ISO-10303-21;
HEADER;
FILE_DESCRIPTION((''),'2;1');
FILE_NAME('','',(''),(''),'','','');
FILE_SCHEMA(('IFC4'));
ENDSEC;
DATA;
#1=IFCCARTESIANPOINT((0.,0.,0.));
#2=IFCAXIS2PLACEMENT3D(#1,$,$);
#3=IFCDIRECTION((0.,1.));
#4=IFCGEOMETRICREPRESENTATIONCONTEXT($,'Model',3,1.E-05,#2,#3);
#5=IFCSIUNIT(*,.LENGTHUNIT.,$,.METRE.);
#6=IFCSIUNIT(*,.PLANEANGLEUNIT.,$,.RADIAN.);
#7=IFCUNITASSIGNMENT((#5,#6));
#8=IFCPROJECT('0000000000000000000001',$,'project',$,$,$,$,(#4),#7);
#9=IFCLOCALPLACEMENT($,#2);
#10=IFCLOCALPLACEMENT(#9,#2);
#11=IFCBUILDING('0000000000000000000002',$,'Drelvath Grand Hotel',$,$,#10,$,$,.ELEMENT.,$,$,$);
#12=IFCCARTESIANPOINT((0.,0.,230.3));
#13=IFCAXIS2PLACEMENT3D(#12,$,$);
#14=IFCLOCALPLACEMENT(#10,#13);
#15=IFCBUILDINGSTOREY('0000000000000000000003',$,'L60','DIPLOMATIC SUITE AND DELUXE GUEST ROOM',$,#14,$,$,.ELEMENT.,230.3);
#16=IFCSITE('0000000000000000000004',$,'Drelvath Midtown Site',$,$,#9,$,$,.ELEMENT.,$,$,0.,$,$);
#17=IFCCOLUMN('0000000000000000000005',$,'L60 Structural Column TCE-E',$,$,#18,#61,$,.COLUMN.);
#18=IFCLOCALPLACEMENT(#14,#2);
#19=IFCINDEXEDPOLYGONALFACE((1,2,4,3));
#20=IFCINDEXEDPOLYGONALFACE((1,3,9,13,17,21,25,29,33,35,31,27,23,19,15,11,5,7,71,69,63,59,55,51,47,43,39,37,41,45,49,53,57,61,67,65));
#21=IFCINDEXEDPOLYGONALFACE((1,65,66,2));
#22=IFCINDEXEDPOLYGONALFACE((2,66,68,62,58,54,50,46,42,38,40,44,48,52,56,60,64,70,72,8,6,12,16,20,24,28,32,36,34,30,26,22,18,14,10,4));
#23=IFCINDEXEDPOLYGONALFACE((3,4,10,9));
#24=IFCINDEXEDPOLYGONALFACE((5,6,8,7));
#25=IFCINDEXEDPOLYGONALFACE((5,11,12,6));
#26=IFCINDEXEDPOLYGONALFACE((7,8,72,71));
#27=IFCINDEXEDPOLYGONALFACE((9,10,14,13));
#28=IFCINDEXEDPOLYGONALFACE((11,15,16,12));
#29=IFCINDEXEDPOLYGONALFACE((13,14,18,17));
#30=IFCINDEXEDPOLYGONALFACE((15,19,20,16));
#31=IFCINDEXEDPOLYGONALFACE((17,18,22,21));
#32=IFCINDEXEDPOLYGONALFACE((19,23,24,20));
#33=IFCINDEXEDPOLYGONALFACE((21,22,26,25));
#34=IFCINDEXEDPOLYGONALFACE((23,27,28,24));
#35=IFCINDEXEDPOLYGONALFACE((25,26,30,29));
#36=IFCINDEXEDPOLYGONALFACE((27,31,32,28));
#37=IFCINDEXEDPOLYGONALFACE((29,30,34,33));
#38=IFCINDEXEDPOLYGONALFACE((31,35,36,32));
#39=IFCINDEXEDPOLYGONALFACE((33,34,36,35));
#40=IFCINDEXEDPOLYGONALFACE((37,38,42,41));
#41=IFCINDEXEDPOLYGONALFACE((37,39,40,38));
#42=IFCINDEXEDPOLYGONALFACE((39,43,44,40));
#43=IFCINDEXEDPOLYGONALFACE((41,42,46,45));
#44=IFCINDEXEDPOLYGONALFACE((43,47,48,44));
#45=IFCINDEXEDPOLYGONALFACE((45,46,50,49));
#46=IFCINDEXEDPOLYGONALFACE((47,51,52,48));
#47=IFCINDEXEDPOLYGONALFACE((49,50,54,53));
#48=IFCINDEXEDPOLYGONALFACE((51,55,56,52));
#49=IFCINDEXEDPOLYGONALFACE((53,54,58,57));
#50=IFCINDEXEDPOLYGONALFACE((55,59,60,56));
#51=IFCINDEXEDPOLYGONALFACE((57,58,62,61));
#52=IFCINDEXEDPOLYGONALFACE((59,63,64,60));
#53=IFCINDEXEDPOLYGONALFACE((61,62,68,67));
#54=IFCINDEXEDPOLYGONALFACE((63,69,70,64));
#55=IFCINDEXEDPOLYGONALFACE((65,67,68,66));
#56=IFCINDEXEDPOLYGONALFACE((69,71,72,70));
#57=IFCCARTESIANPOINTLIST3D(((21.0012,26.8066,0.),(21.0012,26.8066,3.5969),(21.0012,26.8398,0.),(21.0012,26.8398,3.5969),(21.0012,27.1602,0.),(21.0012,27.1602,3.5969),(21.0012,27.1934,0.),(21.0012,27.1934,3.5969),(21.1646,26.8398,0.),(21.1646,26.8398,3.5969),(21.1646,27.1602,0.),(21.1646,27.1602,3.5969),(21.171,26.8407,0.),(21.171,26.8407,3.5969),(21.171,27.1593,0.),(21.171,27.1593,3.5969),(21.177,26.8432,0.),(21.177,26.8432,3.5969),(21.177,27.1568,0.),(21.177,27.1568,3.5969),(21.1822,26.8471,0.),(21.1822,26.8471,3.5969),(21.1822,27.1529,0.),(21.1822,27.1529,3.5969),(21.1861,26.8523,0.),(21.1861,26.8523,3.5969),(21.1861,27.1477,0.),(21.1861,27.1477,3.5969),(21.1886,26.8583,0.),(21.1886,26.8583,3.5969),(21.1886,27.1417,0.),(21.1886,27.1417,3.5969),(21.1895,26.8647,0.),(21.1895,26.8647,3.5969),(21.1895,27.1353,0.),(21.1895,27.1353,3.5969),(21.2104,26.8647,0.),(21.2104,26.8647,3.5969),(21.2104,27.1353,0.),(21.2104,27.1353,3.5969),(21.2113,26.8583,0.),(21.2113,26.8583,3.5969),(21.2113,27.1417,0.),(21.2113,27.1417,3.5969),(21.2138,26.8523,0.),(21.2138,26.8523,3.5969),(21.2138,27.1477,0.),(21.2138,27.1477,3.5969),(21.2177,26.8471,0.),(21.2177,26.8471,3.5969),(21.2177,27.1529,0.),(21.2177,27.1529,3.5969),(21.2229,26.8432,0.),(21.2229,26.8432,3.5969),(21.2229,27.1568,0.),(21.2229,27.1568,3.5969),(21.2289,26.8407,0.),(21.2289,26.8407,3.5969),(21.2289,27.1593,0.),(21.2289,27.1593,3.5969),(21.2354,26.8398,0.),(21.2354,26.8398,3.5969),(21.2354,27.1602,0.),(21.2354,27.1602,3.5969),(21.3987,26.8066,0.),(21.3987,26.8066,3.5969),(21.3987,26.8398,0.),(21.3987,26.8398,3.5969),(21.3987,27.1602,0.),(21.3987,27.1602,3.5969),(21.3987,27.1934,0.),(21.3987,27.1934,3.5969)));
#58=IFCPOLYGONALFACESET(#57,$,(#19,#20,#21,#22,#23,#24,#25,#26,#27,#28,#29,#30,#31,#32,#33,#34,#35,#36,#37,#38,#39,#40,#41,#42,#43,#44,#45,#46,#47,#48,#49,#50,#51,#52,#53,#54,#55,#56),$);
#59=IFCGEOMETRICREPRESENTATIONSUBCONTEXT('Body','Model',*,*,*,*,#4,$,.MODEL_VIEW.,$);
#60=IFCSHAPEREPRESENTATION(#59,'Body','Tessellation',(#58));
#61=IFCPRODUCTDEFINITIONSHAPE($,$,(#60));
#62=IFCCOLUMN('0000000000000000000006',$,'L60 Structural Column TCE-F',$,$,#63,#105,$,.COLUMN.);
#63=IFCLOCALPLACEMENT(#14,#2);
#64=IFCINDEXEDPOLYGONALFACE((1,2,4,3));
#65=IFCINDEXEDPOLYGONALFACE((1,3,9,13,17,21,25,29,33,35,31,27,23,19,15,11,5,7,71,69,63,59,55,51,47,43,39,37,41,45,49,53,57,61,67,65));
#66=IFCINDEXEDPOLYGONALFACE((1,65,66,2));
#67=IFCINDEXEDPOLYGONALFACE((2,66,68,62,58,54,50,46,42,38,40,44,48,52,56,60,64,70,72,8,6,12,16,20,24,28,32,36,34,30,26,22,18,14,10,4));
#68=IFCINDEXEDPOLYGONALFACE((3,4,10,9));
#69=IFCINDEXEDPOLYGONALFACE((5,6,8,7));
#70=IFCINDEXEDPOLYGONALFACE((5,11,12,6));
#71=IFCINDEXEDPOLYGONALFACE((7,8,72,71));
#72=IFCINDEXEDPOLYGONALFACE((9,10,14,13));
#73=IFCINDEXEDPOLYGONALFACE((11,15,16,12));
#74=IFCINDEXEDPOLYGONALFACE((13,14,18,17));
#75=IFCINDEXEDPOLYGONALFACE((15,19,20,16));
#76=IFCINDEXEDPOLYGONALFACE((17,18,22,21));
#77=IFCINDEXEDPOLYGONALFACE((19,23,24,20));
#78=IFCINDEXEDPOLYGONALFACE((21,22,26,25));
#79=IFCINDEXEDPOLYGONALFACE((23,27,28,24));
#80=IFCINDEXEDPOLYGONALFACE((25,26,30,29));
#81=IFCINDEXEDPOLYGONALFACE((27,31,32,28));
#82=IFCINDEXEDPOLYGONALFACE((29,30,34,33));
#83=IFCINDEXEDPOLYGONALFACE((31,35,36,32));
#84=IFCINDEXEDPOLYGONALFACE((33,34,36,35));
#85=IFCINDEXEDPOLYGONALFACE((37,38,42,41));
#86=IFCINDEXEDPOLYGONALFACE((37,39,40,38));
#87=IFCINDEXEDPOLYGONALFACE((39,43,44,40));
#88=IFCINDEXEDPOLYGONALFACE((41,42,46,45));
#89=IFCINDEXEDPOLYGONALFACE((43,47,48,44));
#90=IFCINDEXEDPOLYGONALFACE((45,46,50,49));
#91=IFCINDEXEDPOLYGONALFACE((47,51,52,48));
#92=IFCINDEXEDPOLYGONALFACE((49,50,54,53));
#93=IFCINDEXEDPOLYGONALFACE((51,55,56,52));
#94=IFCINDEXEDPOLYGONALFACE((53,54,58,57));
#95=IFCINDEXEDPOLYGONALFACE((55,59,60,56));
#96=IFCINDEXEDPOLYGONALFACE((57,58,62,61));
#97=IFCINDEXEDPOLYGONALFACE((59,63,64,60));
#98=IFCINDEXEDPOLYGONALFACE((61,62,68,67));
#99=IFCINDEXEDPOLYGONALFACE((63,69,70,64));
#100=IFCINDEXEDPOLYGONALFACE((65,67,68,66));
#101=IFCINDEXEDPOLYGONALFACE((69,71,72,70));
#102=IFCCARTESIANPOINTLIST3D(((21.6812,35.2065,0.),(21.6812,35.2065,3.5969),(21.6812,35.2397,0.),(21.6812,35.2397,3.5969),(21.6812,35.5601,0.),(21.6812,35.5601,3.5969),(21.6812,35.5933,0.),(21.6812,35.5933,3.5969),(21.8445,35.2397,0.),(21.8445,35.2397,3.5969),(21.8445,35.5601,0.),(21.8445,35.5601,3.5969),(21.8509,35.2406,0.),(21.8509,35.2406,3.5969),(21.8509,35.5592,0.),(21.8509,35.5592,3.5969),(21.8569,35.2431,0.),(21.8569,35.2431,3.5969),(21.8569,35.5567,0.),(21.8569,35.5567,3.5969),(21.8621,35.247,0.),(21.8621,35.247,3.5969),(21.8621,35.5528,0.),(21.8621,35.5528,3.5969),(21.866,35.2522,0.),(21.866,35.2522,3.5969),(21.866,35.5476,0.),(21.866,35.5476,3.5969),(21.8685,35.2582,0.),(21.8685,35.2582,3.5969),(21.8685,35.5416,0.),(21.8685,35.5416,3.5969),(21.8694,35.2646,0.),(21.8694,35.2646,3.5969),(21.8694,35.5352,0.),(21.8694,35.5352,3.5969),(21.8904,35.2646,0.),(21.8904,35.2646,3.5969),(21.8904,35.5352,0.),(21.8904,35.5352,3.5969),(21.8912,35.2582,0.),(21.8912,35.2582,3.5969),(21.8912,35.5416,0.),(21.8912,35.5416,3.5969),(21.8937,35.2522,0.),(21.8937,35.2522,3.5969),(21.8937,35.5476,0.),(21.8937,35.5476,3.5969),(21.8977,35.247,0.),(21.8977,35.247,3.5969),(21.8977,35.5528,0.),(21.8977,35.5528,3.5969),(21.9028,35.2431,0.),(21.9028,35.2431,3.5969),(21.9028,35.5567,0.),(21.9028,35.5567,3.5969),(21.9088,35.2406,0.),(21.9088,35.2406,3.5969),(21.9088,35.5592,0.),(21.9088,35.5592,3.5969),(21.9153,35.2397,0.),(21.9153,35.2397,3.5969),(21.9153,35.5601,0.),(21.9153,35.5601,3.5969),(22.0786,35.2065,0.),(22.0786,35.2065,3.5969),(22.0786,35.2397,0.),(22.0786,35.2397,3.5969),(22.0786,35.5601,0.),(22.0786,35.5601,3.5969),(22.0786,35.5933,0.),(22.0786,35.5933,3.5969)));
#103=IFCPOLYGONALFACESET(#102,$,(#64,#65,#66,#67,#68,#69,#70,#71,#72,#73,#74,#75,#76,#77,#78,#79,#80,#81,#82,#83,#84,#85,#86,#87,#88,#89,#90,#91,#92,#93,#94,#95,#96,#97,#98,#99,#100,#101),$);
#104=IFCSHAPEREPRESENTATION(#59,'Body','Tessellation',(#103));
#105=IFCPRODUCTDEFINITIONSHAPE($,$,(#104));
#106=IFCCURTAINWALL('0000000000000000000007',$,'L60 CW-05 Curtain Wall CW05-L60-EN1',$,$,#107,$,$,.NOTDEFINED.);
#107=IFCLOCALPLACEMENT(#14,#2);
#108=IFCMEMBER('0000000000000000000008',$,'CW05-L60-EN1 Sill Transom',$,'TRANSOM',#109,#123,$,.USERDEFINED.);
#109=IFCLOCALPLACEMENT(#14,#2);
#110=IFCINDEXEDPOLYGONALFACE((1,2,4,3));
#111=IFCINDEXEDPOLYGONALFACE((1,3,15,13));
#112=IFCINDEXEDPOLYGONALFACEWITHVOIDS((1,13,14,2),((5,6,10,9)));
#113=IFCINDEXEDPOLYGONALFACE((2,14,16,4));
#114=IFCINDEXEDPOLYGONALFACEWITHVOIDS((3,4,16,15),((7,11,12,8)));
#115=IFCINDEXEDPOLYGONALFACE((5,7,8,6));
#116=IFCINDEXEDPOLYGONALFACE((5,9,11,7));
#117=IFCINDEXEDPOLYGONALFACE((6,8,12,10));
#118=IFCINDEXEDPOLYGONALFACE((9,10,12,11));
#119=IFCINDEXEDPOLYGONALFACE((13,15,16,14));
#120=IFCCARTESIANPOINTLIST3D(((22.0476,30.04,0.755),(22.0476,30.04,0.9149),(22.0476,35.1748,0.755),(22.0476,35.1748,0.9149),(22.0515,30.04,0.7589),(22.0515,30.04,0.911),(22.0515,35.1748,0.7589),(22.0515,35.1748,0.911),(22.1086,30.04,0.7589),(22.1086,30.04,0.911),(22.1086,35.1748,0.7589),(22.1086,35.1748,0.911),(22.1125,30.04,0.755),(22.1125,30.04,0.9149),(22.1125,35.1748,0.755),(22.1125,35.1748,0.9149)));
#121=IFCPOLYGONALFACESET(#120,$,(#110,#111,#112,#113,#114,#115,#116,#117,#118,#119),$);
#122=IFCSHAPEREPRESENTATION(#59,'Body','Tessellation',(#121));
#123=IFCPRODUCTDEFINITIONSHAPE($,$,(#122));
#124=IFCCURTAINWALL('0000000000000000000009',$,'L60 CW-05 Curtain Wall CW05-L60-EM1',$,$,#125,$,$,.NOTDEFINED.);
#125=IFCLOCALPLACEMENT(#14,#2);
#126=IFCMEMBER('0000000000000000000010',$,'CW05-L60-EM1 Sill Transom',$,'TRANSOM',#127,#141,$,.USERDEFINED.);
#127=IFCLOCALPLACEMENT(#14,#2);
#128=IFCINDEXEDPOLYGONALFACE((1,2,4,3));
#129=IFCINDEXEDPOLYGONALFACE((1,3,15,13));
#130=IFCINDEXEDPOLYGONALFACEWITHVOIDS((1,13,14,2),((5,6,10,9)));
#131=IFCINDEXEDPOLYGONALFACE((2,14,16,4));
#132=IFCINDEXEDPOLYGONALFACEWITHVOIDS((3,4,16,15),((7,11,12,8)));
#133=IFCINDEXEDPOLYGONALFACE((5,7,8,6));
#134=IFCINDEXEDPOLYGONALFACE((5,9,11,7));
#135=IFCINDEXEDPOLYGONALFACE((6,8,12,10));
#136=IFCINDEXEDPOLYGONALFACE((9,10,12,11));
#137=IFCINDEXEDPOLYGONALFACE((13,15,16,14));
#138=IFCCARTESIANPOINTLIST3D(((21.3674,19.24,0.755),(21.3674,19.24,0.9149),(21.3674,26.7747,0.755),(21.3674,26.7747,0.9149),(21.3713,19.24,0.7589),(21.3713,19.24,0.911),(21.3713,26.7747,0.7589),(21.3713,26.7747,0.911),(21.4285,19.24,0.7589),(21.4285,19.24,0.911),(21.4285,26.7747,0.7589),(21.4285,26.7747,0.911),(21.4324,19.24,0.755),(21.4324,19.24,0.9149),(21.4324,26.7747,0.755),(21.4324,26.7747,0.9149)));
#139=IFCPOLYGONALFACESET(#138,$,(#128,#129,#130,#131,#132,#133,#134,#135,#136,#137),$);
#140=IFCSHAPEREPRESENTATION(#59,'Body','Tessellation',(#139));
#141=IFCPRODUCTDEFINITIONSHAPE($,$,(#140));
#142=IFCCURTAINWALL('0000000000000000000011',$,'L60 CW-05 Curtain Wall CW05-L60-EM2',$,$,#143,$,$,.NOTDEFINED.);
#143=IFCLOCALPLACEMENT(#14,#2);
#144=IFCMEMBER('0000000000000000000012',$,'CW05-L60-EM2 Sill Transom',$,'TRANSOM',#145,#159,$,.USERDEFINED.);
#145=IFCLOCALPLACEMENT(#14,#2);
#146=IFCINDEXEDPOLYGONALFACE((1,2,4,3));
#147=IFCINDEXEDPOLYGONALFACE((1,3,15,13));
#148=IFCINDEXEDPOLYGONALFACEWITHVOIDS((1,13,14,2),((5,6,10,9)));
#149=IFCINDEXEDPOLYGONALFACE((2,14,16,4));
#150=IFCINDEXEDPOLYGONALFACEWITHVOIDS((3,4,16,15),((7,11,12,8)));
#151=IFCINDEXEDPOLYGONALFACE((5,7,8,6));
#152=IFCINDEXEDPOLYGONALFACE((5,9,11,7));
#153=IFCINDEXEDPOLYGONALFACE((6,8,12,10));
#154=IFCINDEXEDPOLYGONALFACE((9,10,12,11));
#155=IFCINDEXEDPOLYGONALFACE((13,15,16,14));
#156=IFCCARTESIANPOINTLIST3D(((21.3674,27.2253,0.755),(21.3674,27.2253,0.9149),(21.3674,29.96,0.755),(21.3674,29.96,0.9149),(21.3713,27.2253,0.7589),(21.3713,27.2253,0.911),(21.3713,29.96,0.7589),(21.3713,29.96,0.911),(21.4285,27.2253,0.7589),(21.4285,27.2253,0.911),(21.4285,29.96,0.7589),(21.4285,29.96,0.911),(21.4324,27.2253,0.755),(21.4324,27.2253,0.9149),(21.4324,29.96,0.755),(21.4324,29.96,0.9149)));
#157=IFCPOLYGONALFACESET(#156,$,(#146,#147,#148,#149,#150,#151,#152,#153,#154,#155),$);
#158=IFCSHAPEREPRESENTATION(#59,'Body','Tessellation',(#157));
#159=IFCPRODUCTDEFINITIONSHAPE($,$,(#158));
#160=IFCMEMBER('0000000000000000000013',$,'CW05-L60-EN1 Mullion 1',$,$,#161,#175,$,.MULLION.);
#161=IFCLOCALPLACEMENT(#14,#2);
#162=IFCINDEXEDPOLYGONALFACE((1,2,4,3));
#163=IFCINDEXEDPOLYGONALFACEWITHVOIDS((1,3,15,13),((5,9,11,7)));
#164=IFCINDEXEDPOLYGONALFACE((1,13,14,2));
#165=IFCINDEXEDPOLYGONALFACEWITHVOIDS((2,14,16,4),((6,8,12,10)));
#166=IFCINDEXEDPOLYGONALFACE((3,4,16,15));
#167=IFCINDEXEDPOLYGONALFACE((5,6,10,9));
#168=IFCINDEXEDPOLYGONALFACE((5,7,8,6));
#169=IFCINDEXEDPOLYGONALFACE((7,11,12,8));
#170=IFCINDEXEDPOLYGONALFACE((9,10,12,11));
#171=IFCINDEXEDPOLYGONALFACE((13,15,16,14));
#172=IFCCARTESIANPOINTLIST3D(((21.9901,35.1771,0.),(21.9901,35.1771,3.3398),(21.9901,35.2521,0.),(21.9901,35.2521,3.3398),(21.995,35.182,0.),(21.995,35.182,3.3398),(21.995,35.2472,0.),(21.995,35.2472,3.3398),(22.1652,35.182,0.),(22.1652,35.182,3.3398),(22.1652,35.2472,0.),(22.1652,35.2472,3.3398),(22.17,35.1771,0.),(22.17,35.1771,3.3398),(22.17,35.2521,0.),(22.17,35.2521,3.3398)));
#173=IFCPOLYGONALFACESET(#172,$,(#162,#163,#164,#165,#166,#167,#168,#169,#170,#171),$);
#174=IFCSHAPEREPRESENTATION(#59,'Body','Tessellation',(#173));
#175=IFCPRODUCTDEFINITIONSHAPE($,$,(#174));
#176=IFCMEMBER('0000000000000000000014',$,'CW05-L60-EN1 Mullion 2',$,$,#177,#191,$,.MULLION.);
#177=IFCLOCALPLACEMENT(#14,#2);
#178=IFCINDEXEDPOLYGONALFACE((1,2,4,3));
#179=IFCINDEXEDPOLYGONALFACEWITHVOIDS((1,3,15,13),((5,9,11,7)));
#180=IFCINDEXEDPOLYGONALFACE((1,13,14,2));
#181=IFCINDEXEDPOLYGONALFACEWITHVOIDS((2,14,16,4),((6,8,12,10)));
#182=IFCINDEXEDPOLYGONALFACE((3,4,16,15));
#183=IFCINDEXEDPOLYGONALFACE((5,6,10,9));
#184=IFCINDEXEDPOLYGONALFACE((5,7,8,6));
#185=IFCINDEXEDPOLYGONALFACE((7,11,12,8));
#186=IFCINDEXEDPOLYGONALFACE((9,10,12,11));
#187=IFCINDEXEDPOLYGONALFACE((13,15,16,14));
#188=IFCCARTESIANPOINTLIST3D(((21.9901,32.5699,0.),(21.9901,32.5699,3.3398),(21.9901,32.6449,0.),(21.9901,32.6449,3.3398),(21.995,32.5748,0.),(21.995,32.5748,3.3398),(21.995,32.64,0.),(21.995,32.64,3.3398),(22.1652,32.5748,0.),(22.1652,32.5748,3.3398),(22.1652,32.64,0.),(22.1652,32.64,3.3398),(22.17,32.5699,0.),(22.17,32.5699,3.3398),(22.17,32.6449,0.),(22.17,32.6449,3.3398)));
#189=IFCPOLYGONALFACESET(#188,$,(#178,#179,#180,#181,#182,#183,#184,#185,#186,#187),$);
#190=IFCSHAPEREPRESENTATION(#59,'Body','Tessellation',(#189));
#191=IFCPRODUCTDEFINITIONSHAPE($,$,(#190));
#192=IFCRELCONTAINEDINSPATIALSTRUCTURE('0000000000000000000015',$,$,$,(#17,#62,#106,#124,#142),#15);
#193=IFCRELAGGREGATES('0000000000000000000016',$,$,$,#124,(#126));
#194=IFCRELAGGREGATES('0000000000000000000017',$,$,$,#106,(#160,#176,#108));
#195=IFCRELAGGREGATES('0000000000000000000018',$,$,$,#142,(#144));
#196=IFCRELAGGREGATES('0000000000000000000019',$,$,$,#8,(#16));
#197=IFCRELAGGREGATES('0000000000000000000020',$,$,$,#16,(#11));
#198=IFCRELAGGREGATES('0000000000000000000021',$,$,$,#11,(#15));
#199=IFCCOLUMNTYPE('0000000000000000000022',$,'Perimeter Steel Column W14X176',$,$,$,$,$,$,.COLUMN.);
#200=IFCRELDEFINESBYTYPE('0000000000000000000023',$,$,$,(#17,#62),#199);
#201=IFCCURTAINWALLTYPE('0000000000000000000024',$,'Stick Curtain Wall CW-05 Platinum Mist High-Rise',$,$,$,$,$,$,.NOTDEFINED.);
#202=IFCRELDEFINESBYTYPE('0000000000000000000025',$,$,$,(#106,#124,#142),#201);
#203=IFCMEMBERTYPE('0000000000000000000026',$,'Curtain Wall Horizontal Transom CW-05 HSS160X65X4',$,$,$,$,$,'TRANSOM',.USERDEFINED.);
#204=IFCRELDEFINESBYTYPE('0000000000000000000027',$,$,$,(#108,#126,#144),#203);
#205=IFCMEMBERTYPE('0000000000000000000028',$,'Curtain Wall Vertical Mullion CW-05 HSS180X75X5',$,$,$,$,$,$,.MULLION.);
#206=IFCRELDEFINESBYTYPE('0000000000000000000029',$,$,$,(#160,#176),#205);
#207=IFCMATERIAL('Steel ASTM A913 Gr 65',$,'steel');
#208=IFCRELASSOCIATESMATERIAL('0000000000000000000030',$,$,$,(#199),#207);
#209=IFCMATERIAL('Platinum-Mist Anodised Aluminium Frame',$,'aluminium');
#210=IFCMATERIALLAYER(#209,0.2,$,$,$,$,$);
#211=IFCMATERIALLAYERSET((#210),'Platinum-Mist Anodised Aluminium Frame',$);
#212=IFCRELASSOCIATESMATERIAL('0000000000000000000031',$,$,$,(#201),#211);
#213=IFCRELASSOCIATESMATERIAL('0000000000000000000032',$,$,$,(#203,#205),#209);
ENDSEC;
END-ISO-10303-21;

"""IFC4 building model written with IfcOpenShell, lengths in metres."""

from ifc_helpers import new_model, si_unit, direction, frame, origin, origin_2d, place, context, subcontext, project, spatial, hollow_rectangle, i_section, extrude, material, layer, layer_set, material_profile, profile_set, type_object, element, aggregate, save


model = new_model("IFC4")

# Units and contexts
model_context = context("Model", 3, precision=1e-05, world=origin(), true_north=direction((0.0, 1.0)))
body_context = subcontext(model_context, "Body", "Model", "MODEL_VIEW")
ifc_project = project(units=[si_unit("LENGTHUNIT", "METRE"), si_unit("PLANEANGLEUNIT", "RADIAN")], contexts=[model_context])

# Site, building, storey
site_placement = place(None, origin())
site = spatial("IfcSite", under=ifc_project, at=site_placement, Name="Drelvath Midtown Site", CompositionType="ELEMENT", RefElevation=0.0)
building_placement = place(site_placement, origin())
building = spatial("IfcBuilding", under=site, at=building_placement, Name="Drelvath Grand Hotel", CompositionType="ELEMENT")
storey_placement = place(building_placement, frame((0.0, 0.0, 230.3)))
storey = spatial("IfcBuildingStorey", under=building, at=storey_placement, Name="L60", Description="DIPLOMATIC SUITE AND DELUXE GUEST ROOM", CompositionType="ELEMENT", Elevation=230.3)

# Columns
ifc_material_1 = material(Name="Steel ASTM A913 Gr 65", Category="steel")
ifc_material_profile_1 = material_profile(ifc_material_1, i_section(OverallWidth=0.3975, OverallDepth=0.3867, WebThickness=0.021, FlangeThickness=0.0332, FilletRadius=0.0249, at=origin_2d()), Name="W14X176")
ifc_profile_set_1 = profile_set([ifc_material_profile_1], Name="Steel ASTM A913 Gr 65")
column_type = type_object("IfcColumnType", Name="Perimeter Steel Column W14X176", PredefinedType="COLUMN", material=ifc_profile_set_1)
for number, where, z_axis, x_axis, name in (
    (1, (21.2, 27.0, 0.0), (0.0, 0.0, 1.0), (1.0, 0.0, 0.0), "L60 Structural Column TCE-E"),
    (2, (21.8799, 35.3999, 0.0), (0.0, 0.0, 1.0), (1.0, 0.0, 0.0), "L60 Structural Column TCE-F"),
):
    element("IfcColumn", number, at=place(storey_placement, frame(where, z_axis=z_axis, x_axis=x_axis)), inside=storey, type_object=column_type, Name=name, PredefinedType="COLUMN", context=body_context, shape_type="SweptSolid", body=[
        extrude(i_section(OverallWidth=0.3975, OverallDepth=0.3867, WebThickness=0.021, FlangeThickness=0.0332, FilletRadius=0.0249, at=origin_2d()), origin(), (0.0, 0.0, 1.0), 3.5969),
    ])

# Curtain walls, members
ifc_material_2 = material(Name="Platinum-Mist Anodised Aluminium Frame", Category="aluminium")
ifc_layer_1 = layer(ifc_material_2, 0.2)
ifc_layer_set_1 = layer_set([ifc_layer_1], Name="Platinum-Mist Anodised Aluminium Frame")
curtain_wall_type = type_object("IfcCurtainWallType", Name="Stick Curtain Wall CW-05 Platinum Mist High-Rise", PredefinedType="NOTDEFINED", material=ifc_layer_set_1)
curtain_wall_1_placement = place(storey_placement, origin())
curtain_wall_1 = element("IfcCurtainWall", 3, at=curtain_wall_1_placement, inside=storey, type_object=curtain_wall_type, Name="L60 CW-05 Curtain Wall CW05-L60-EN1", PredefinedType="NOTDEFINED")
ifc_material_profile_2 = material_profile(ifc_material_2, hollow_rectangle(XDim=0.0649, YDim=0.1599, WallThickness=0.0039, at=origin_2d()), Name="HSS160X65X4")
ifc_profile_set_2 = profile_set([ifc_material_profile_2], Name="Platinum-Mist Anodised Aluminium Frame")
member_type_1 = type_object("IfcMemberType", Name="Curtain Wall Horizontal Transom CW-05 HSS160X65X4", ElementType="TRANSOM", PredefinedType="USERDEFINED", material=ifc_profile_set_2)
member_1_placement = place(storey_placement, frame((22.0801, 35.1748, 0.835), z_axis=(0.0, -1.0, 0.0), x_axis=(1.0, 0.0, 0.0)))
member_1 = element("IfcMember", 4, at=member_1_placement, type_object=member_type_1, Name="CW05-L60-EN1 Sill Transom", ObjectType="TRANSOM", PredefinedType="USERDEFINED", context=body_context, shape_type="SweptSolid", body=[
    extrude(hollow_rectangle(XDim=0.0649, YDim=0.1599, WallThickness=0.0039, at=origin_2d()), origin(), (0.0, 0.0, 1.0), 5.1348),
])
curtain_wall_2_placement = place(storey_placement, origin())
curtain_wall_2 = element("IfcCurtainWall", 5, at=curtain_wall_2_placement, inside=storey, type_object=curtain_wall_type, Name="L60 CW-05 Curtain Wall CW05-L60-EM1", PredefinedType="NOTDEFINED")
member_2_placement = place(storey_placement, frame((21.3999, 26.7747, 0.835), z_axis=(0.0, -1.0, 0.0), x_axis=(1.0, 0.0, 0.0)))
member_2 = element("IfcMember", 6, at=member_2_placement, type_object=member_type_1, Name="CW05-L60-EM1 Sill Transom", ObjectType="TRANSOM", PredefinedType="USERDEFINED", context=body_context, shape_type="SweptSolid", body=[
    extrude(hollow_rectangle(XDim=0.0649, YDim=0.1599, WallThickness=0.0039, at=origin_2d()), origin(), (0.0, 0.0, 1.0), 7.5347),
])
curtain_wall_3_placement = place(storey_placement, origin())
curtain_wall_3 = element("IfcCurtainWall", 7, at=curtain_wall_3_placement, inside=storey, type_object=curtain_wall_type, Name="L60 CW-05 Curtain Wall CW05-L60-EM2", PredefinedType="NOTDEFINED")
member_3_placement = place(storey_placement, frame((21.3999, 29.96, 0.835), z_axis=(0.0, -1.0, 0.0), x_axis=(1.0, 0.0, 0.0)))
member_3 = element("IfcMember", 8, at=member_3_placement, type_object=member_type_1, Name="CW05-L60-EM2 Sill Transom", ObjectType="TRANSOM", PredefinedType="USERDEFINED", context=body_context, shape_type="SweptSolid", body=[
    extrude(hollow_rectangle(XDim=0.0649, YDim=0.1599, WallThickness=0.0039, at=origin_2d()), origin(), (0.0, 0.0, 1.0), 2.7346),
])

# Members
ifc_material_profile_3 = material_profile(ifc_material_2, hollow_rectangle(XDim=0.075, YDim=0.1799, WallThickness=0.0049, at=origin_2d()), Name="HSS180X75X5")
ifc_profile_set_3 = profile_set([ifc_material_profile_3], Name="Platinum-Mist Anodised Aluminium Frame")
member_type_2 = type_object("IfcMemberType", Name="Curtain Wall Vertical Mullion CW-05 HSS180X75X5", PredefinedType="MULLION", material=ifc_profile_set_3)
member_4_placement = place(storey_placement, frame((22.0801, 35.2146, 0.0), z_axis=(0.0, 0.0, 1.0), x_axis=(0.0, 1.0, 0.0)))
member_4 = element("IfcMember", 9, at=member_4_placement, type_object=member_type_2, Name="CW05-L60-EN1 Mullion 1", PredefinedType="MULLION", context=body_context, shape_type="SweptSolid", body=[
    extrude(hollow_rectangle(XDim=0.075, YDim=0.1799, WallThickness=0.0049, at=origin_2d()), origin(), (0.0, 0.0, 1.0), 3.3398),
])
member_5_placement = place(storey_placement, frame((22.0801, 32.6074, 0.0), z_axis=(0.0, 0.0, 1.0), x_axis=(0.0, 1.0, 0.0)))
member_5 = element("IfcMember", 10, at=member_5_placement, type_object=member_type_2, Name="CW05-L60-EN1 Mullion 2", PredefinedType="MULLION", context=body_context, shape_type="SweptSolid", body=[
    extrude(hollow_rectangle(XDim=0.075, YDim=0.1799, WallThickness=0.0049, at=origin_2d()), origin(), (0.0, 0.0, 1.0), 3.3398),
])

aggregate(curtain_wall_2, [member_2])

aggregate(curtain_wall_1, [member_4, member_5, member_1])
aggregate(curtain_wall_3, [member_3])

save(model, "model.ifc")
